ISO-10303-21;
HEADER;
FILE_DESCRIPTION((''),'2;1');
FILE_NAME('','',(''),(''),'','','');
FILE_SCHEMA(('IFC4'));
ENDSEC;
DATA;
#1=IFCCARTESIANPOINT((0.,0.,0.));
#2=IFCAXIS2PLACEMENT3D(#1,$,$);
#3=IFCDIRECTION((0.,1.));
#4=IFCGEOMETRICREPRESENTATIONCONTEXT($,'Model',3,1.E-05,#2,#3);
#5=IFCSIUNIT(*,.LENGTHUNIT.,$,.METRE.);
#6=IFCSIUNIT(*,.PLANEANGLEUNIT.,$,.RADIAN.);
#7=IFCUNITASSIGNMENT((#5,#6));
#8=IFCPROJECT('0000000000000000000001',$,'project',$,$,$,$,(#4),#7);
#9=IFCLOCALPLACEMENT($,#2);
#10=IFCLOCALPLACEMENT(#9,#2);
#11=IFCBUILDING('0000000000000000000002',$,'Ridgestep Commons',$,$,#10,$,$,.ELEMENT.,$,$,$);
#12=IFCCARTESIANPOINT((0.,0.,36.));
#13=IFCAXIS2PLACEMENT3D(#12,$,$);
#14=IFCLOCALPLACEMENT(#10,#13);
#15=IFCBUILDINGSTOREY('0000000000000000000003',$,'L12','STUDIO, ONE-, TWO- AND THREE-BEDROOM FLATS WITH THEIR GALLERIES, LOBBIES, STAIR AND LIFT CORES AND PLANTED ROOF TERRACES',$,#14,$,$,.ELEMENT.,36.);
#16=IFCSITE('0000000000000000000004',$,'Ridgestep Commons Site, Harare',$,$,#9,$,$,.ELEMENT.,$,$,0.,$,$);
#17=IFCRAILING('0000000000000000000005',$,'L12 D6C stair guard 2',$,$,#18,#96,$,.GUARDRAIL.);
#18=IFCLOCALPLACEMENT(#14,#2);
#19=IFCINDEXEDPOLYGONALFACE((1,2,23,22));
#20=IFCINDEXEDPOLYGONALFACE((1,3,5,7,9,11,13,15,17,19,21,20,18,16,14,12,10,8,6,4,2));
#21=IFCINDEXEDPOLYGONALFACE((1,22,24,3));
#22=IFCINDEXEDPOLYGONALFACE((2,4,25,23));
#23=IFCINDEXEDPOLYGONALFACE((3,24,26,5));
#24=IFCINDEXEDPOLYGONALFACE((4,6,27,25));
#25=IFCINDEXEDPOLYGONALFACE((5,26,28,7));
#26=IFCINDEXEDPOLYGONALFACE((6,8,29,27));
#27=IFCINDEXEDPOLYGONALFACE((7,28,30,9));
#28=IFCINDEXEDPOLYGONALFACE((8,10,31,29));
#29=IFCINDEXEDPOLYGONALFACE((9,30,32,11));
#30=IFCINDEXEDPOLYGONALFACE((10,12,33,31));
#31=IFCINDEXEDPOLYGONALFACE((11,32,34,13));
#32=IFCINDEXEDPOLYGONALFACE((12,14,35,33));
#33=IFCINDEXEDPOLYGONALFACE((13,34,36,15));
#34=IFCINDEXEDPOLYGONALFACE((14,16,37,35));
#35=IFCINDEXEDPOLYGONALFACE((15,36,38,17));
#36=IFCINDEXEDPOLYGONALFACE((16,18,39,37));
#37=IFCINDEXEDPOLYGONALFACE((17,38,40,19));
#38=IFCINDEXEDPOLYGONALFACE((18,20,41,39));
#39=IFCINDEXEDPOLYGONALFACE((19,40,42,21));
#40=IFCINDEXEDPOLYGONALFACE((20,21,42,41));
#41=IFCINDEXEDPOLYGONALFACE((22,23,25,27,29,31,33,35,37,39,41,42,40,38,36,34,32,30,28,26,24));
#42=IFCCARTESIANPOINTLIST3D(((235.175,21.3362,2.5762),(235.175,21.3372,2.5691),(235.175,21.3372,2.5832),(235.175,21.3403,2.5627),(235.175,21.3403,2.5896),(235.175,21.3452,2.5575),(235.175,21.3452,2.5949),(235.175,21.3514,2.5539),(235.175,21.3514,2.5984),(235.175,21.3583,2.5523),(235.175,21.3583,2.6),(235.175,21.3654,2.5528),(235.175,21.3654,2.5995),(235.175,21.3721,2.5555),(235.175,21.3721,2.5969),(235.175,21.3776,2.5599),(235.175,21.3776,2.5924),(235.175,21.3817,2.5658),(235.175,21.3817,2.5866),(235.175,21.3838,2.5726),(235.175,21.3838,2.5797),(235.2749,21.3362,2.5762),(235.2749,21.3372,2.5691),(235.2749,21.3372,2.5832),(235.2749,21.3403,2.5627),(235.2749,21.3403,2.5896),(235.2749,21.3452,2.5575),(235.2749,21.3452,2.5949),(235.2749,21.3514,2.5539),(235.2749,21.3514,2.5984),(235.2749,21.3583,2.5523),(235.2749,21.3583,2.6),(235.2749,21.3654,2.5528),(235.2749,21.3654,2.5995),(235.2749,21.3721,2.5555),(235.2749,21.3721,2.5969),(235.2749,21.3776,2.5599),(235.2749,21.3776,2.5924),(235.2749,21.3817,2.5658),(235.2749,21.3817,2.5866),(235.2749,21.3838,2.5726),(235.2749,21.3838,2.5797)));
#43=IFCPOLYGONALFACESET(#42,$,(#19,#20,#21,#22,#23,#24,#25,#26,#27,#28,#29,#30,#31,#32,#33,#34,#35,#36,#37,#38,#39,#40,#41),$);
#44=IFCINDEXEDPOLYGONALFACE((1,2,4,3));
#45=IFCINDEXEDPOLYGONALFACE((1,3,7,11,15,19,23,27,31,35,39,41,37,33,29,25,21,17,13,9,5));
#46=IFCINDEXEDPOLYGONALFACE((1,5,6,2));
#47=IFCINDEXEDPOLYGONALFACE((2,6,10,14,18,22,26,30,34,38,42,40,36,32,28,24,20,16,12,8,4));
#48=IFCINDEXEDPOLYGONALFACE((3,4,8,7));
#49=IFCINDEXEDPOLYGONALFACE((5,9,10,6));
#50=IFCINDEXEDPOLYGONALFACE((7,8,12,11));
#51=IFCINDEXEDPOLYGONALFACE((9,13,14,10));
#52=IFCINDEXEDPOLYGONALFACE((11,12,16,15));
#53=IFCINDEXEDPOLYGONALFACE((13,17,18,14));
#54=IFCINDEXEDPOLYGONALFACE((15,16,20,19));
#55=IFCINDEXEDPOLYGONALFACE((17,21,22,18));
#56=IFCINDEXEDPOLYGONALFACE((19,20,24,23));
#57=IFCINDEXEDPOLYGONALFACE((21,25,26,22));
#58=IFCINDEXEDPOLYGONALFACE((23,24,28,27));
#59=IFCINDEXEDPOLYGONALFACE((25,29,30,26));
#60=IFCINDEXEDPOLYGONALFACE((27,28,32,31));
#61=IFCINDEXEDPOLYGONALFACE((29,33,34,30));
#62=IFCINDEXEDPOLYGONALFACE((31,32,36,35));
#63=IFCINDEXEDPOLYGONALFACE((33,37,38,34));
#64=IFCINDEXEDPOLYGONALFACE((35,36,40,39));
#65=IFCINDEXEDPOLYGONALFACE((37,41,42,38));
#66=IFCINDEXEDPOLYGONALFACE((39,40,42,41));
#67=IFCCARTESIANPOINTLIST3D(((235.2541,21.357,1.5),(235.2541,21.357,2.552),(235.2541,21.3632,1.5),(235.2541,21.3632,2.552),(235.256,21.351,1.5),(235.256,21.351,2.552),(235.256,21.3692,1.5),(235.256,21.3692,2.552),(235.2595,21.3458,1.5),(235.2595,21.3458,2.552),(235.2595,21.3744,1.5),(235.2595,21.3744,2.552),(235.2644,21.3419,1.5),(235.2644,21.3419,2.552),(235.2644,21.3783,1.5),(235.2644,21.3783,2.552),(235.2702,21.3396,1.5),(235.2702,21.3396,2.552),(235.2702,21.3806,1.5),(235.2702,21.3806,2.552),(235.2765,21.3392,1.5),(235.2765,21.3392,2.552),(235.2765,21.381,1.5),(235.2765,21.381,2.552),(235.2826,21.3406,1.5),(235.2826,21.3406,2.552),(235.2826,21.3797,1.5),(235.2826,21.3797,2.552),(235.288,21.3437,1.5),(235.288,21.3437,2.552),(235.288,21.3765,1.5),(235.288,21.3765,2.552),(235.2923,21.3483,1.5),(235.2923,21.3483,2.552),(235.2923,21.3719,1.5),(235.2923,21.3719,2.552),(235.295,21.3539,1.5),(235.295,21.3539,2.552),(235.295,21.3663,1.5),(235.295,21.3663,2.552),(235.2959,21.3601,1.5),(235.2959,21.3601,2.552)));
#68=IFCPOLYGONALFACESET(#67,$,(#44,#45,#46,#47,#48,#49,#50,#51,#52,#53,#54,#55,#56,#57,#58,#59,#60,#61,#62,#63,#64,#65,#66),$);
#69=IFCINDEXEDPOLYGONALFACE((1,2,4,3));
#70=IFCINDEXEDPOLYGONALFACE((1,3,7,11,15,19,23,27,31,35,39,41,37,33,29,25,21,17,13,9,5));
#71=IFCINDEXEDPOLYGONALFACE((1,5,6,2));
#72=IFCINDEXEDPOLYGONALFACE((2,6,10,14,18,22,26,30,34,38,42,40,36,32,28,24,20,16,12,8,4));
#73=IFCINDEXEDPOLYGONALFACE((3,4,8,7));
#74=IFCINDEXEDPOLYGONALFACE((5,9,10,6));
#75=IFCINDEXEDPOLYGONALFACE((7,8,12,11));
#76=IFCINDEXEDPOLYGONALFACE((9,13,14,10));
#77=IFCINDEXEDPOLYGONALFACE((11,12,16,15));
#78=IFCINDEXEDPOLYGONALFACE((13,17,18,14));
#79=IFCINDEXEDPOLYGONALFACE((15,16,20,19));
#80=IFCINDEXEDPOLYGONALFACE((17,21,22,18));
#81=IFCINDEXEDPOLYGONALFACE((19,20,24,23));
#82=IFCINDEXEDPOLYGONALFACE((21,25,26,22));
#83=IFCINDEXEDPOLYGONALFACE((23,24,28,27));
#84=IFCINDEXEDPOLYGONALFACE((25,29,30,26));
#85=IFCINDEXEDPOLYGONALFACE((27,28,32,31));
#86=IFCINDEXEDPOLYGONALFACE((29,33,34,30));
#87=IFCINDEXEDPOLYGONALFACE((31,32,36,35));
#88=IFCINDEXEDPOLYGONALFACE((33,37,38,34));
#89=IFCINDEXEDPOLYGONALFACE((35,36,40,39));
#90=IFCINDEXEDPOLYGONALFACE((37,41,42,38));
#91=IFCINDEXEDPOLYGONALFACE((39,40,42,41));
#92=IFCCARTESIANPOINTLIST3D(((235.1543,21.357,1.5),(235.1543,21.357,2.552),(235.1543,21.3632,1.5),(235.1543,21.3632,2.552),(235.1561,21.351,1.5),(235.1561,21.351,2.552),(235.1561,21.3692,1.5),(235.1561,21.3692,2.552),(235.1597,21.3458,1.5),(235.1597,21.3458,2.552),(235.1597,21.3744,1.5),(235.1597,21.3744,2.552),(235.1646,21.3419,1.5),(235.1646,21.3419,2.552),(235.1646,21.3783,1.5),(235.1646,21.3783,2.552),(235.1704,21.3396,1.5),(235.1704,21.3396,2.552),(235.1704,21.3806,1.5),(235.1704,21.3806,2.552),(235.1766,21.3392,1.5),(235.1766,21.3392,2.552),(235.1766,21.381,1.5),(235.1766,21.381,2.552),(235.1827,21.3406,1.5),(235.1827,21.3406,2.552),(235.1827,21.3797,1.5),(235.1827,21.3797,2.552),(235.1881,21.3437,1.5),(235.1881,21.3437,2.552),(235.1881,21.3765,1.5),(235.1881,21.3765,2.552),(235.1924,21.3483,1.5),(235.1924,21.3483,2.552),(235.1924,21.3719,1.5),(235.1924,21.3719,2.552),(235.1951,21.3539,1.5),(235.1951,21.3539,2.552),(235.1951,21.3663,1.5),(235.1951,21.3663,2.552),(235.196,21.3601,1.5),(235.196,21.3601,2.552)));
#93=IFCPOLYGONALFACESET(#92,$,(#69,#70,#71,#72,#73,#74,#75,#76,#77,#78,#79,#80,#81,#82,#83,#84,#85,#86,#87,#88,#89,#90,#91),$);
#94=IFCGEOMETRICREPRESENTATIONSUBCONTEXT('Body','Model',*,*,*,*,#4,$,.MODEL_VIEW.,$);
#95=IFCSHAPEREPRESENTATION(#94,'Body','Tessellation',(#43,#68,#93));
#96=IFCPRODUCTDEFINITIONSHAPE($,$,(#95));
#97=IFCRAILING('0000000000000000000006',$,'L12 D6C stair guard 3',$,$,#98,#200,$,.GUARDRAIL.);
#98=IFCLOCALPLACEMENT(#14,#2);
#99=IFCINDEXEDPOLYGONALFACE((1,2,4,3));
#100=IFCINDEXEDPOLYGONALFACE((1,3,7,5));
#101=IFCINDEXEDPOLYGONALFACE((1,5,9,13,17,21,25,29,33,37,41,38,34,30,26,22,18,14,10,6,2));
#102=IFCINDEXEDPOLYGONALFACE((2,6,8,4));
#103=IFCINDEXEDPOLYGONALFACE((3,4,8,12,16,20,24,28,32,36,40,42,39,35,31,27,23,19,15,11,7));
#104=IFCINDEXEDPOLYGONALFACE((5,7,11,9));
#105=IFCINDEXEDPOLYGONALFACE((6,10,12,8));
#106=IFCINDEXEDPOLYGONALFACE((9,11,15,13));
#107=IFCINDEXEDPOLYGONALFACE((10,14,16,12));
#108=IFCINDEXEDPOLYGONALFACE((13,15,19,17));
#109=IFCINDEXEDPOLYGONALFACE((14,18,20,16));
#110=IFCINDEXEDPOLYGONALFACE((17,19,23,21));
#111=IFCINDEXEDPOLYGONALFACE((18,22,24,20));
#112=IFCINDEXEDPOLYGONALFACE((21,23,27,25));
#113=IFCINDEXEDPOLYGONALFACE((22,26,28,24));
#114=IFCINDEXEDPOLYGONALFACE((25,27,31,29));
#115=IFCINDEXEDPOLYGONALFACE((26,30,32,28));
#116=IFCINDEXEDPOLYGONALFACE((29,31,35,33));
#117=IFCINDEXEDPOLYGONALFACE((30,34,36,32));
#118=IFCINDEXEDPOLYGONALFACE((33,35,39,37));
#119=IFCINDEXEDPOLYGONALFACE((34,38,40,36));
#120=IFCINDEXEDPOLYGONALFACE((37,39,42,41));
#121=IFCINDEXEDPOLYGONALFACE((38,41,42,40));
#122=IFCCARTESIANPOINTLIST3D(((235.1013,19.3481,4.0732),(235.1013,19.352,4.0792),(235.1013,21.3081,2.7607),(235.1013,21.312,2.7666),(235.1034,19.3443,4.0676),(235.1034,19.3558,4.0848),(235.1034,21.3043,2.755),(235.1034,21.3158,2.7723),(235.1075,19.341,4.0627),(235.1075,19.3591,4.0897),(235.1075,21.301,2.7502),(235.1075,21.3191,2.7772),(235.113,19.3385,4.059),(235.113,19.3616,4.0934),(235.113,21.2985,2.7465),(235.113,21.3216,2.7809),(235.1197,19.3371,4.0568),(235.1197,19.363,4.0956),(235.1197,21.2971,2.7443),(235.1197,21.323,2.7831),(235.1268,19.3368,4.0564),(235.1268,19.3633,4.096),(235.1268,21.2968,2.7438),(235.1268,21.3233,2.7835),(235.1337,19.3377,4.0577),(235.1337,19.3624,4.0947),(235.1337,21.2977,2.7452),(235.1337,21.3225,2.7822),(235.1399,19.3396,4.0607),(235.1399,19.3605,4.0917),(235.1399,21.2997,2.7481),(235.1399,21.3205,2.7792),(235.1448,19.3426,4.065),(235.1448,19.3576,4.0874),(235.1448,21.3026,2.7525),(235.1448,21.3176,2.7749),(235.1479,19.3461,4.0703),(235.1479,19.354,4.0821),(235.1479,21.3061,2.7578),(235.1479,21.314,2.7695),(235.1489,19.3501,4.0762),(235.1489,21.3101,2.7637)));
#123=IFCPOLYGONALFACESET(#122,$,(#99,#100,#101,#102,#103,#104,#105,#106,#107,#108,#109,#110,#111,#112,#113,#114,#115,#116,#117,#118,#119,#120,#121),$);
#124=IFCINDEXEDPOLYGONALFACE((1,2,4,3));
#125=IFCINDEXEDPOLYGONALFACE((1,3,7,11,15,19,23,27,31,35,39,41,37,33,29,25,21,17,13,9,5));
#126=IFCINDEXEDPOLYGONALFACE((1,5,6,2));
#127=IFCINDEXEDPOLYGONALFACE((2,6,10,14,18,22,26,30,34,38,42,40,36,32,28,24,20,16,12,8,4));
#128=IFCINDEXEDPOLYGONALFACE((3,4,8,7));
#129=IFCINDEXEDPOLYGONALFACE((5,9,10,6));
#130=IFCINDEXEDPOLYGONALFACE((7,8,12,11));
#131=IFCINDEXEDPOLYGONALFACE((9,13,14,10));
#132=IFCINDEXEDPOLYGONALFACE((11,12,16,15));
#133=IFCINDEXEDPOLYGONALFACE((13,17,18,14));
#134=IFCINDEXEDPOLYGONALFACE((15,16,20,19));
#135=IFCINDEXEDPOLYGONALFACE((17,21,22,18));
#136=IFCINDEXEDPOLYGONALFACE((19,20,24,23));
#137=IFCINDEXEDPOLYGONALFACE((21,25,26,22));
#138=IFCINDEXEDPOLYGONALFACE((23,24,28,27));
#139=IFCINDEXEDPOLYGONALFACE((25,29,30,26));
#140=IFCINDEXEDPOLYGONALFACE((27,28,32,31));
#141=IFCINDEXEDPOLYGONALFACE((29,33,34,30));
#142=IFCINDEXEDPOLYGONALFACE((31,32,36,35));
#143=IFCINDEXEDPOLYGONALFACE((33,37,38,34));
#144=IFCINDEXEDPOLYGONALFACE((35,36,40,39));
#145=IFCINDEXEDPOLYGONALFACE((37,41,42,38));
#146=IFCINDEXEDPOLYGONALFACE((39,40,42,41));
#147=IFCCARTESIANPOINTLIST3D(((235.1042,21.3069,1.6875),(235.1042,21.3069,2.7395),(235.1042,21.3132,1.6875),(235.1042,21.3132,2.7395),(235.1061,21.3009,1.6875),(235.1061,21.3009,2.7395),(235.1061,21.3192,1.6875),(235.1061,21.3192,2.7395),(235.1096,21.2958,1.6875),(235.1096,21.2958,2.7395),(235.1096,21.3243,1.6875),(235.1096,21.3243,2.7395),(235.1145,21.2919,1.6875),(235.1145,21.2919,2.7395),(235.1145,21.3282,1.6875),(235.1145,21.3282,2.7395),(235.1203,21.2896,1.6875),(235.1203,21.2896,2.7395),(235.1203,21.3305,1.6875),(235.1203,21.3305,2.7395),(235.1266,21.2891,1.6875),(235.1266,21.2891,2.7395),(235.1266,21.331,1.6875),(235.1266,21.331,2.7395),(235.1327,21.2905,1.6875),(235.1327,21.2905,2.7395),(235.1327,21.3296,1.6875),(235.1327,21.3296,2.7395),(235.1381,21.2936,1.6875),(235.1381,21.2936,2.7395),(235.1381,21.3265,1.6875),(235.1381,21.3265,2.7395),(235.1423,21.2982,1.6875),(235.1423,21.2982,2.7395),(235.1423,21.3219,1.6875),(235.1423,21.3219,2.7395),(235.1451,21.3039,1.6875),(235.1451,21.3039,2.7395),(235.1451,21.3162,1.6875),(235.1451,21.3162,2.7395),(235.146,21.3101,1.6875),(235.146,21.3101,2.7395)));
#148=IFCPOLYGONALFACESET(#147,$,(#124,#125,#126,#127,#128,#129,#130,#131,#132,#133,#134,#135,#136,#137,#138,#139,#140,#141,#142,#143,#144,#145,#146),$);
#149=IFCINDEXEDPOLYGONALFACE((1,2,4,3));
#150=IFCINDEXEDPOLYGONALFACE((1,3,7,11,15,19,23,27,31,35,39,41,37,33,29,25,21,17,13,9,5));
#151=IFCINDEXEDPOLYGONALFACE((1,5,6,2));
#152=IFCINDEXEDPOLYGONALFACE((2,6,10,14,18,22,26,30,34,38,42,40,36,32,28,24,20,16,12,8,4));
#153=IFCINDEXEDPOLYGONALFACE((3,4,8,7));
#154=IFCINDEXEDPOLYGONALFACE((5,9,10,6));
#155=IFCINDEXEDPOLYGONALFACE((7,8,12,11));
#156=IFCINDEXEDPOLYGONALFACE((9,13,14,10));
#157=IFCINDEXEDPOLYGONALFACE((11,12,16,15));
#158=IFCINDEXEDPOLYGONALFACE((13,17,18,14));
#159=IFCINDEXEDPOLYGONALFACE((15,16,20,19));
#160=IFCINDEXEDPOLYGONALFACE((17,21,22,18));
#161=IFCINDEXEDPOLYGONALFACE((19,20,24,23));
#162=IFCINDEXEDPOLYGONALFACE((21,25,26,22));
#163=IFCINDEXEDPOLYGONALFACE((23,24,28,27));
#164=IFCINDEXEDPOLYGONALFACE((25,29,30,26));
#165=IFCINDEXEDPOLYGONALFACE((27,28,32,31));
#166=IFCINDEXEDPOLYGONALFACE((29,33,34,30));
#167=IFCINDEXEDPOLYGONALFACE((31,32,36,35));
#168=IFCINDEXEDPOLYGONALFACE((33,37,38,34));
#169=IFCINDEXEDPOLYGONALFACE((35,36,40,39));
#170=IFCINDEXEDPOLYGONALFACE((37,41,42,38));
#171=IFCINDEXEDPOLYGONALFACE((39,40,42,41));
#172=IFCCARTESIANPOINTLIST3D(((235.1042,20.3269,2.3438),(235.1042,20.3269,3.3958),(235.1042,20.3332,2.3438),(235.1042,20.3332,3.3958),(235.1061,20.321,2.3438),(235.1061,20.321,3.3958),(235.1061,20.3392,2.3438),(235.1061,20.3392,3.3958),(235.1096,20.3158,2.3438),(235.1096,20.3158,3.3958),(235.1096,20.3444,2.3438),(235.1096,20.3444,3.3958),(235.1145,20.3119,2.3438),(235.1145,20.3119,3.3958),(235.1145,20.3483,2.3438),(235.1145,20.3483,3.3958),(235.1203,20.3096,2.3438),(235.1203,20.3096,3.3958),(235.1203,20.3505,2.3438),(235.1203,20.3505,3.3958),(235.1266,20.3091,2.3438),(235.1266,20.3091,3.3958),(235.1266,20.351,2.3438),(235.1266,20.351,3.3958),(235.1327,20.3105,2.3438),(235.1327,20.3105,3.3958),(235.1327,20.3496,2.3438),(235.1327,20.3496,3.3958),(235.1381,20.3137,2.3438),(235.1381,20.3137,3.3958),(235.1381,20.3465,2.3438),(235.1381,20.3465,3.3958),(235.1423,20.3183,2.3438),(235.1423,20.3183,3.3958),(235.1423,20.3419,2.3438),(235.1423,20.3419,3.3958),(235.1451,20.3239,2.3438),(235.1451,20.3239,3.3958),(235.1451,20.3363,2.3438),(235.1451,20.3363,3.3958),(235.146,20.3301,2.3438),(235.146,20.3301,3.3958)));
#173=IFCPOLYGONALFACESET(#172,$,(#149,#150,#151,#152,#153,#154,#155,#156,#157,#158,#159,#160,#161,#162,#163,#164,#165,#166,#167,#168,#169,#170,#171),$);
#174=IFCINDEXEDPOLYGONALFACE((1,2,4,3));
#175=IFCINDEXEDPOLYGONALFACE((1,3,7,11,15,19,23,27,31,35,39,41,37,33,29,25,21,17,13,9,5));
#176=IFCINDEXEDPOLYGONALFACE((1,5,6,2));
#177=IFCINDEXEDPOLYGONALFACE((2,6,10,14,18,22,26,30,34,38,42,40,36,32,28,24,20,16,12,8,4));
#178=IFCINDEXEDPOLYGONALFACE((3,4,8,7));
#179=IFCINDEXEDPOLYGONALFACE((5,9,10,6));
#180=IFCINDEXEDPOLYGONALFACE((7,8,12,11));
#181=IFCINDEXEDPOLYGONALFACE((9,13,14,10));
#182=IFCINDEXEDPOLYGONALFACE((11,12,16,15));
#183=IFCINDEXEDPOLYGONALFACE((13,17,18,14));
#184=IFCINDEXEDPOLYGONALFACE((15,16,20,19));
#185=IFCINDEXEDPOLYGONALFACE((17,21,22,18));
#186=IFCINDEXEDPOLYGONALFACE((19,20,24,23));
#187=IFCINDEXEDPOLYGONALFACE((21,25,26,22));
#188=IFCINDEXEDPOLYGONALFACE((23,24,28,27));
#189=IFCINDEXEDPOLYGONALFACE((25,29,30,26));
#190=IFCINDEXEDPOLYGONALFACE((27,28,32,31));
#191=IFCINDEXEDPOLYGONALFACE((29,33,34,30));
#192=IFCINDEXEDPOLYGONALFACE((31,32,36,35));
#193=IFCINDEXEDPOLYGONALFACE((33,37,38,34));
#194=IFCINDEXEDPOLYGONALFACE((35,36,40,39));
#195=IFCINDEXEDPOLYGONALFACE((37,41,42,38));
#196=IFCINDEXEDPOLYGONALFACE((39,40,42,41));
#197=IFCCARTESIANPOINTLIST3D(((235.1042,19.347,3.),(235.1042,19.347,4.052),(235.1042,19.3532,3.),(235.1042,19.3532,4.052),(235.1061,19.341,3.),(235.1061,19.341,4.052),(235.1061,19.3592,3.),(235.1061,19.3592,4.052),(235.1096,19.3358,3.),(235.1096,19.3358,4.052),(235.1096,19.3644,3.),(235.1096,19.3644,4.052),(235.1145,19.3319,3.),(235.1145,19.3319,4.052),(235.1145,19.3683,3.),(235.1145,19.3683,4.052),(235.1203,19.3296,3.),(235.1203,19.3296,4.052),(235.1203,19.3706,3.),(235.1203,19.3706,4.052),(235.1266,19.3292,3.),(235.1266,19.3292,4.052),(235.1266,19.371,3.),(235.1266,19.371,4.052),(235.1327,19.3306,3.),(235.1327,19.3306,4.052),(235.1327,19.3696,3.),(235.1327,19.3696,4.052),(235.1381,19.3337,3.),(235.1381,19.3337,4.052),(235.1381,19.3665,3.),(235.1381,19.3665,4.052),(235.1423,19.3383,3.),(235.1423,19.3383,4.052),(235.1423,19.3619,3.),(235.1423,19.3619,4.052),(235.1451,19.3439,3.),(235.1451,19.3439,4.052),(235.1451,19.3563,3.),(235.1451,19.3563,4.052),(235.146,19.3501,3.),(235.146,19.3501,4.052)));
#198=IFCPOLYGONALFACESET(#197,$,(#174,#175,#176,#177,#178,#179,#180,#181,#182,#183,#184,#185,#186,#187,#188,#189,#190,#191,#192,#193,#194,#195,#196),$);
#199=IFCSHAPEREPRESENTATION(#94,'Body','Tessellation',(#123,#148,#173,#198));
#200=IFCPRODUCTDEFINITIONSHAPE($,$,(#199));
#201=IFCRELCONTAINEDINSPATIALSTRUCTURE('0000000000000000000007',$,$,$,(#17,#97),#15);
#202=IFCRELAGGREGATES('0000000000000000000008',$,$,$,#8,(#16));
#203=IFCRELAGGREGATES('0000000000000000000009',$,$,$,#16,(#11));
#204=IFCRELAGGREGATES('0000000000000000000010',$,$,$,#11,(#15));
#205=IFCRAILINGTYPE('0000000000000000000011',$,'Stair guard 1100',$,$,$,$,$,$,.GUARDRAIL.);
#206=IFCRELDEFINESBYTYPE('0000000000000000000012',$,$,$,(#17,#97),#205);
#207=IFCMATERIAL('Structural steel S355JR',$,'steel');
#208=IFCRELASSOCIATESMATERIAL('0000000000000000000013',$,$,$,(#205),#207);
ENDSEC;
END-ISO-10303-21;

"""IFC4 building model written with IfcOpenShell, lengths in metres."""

from ifc_helpers import new_model, si_unit, direction, frame, origin, origin_2d, place, context, subcontext, project, spatial, circle, extrude, material, type_object, element, save


model = new_model("IFC4")

# Units and contexts
model_context = context("Model", 3, precision=1e-05, world=origin(), true_north=direction((0.0, 1.0)))
body_context = subcontext(model_context, "Body", "Model", "MODEL_VIEW")
ifc_project = project(units=[si_unit("LENGTHUNIT", "METRE"), si_unit("PLANEANGLEUNIT", "RADIAN")], contexts=[model_context])

# Site, building, storey
site_placement = place(None, origin())
site = spatial("IfcSite", under=ifc_project, at=site_placement, Name="Ridgestep Commons Site, Harare", CompositionType="ELEMENT", RefElevation=0.0)
building_placement = place(site_placement, origin())
building = spatial("IfcBuilding", under=site, at=building_placement, Name="Ridgestep Commons", CompositionType="ELEMENT")
storey_placement = place(building_placement, frame((0.0, 0.0, 36.0)))
storey = spatial("IfcBuildingStorey", under=building, at=storey_placement, Name="L12", Description="STUDIO, ONE-, TWO- AND THREE-BEDROOM FLATS WITH THEIR GALLERIES, LOBBIES, STAIR AND LIFT CORES AND PLANTED ROOF TERRACES", CompositionType="ELEMENT", Elevation=36.0)

# Railings
ifc_material_1 = material(Name="Structural steel S355JR", Category="steel")
railing_type_1 = type_object("IfcRailingType", Name="Stair guard 1100", PredefinedType="GUARDRAIL", material=ifc_material_1)
railing_1_placement = place(storey_placement, frame((235.2749, 21.3601, 1.5)))
element("IfcRailing", 1, at=railing_1_placement, inside=storey, type_object=railing_type_1, Name="L12 D6C stair guard 2", PredefinedType="GUARDRAIL", context=body_context, shape_type="SweptSolid", body=[
    extrude(circle(Radius=0.0239, at=origin_2d()), frame((0.0, 0.0, 1.0762), z_axis=(-1.0, 0.0, 0.0), x_axis=(0.0, -1.0, 0.0)), (0.0, 0.0, 1.0), 0.0999),
    extrude(circle(Radius=0.021, at=origin_2d()), origin(), (0.0, 0.0, 1.0), 1.052),
    extrude(circle(Radius=0.021, at=origin_2d()), frame((-0.0999, 0.0, 0.0)), (0.0, 0.0, 1.0), 1.052),
])
railing_2_placement = place(storey_placement, frame((235.125, 21.3101, 1.6875)))
element("IfcRailing", 2, at=railing_2_placement, inside=storey, type_object=railing_type_1, Name="L12 D6C stair guard 3", PredefinedType="GUARDRAIL", context=body_context, shape_type="SweptSolid", body=[
    extrude(circle(Radius=0.0239, at=origin_2d()), frame((0.0, 0.0, 1.0762), z_axis=(0.0, -0.830902, 0.556419), x_axis=(1.0, 0.0, 0.0)), (0.0, 0.0, 1.0), 2.3589),
    extrude(circle(Radius=0.021, at=origin_2d()), origin(), (0.0, 0.0, 1.0), 1.052),
    extrude(circle(Radius=0.021, at=origin_2d()), frame((0.0, -0.98, 0.6562)), (0.0, 0.0, 1.0), 1.052),
    extrude(circle(Radius=0.021, at=origin_2d()), frame((0.0, -1.96, 1.3125)), (0.0, 0.0, 1.0), 1.052),
])

save(model, "model.ifc")
